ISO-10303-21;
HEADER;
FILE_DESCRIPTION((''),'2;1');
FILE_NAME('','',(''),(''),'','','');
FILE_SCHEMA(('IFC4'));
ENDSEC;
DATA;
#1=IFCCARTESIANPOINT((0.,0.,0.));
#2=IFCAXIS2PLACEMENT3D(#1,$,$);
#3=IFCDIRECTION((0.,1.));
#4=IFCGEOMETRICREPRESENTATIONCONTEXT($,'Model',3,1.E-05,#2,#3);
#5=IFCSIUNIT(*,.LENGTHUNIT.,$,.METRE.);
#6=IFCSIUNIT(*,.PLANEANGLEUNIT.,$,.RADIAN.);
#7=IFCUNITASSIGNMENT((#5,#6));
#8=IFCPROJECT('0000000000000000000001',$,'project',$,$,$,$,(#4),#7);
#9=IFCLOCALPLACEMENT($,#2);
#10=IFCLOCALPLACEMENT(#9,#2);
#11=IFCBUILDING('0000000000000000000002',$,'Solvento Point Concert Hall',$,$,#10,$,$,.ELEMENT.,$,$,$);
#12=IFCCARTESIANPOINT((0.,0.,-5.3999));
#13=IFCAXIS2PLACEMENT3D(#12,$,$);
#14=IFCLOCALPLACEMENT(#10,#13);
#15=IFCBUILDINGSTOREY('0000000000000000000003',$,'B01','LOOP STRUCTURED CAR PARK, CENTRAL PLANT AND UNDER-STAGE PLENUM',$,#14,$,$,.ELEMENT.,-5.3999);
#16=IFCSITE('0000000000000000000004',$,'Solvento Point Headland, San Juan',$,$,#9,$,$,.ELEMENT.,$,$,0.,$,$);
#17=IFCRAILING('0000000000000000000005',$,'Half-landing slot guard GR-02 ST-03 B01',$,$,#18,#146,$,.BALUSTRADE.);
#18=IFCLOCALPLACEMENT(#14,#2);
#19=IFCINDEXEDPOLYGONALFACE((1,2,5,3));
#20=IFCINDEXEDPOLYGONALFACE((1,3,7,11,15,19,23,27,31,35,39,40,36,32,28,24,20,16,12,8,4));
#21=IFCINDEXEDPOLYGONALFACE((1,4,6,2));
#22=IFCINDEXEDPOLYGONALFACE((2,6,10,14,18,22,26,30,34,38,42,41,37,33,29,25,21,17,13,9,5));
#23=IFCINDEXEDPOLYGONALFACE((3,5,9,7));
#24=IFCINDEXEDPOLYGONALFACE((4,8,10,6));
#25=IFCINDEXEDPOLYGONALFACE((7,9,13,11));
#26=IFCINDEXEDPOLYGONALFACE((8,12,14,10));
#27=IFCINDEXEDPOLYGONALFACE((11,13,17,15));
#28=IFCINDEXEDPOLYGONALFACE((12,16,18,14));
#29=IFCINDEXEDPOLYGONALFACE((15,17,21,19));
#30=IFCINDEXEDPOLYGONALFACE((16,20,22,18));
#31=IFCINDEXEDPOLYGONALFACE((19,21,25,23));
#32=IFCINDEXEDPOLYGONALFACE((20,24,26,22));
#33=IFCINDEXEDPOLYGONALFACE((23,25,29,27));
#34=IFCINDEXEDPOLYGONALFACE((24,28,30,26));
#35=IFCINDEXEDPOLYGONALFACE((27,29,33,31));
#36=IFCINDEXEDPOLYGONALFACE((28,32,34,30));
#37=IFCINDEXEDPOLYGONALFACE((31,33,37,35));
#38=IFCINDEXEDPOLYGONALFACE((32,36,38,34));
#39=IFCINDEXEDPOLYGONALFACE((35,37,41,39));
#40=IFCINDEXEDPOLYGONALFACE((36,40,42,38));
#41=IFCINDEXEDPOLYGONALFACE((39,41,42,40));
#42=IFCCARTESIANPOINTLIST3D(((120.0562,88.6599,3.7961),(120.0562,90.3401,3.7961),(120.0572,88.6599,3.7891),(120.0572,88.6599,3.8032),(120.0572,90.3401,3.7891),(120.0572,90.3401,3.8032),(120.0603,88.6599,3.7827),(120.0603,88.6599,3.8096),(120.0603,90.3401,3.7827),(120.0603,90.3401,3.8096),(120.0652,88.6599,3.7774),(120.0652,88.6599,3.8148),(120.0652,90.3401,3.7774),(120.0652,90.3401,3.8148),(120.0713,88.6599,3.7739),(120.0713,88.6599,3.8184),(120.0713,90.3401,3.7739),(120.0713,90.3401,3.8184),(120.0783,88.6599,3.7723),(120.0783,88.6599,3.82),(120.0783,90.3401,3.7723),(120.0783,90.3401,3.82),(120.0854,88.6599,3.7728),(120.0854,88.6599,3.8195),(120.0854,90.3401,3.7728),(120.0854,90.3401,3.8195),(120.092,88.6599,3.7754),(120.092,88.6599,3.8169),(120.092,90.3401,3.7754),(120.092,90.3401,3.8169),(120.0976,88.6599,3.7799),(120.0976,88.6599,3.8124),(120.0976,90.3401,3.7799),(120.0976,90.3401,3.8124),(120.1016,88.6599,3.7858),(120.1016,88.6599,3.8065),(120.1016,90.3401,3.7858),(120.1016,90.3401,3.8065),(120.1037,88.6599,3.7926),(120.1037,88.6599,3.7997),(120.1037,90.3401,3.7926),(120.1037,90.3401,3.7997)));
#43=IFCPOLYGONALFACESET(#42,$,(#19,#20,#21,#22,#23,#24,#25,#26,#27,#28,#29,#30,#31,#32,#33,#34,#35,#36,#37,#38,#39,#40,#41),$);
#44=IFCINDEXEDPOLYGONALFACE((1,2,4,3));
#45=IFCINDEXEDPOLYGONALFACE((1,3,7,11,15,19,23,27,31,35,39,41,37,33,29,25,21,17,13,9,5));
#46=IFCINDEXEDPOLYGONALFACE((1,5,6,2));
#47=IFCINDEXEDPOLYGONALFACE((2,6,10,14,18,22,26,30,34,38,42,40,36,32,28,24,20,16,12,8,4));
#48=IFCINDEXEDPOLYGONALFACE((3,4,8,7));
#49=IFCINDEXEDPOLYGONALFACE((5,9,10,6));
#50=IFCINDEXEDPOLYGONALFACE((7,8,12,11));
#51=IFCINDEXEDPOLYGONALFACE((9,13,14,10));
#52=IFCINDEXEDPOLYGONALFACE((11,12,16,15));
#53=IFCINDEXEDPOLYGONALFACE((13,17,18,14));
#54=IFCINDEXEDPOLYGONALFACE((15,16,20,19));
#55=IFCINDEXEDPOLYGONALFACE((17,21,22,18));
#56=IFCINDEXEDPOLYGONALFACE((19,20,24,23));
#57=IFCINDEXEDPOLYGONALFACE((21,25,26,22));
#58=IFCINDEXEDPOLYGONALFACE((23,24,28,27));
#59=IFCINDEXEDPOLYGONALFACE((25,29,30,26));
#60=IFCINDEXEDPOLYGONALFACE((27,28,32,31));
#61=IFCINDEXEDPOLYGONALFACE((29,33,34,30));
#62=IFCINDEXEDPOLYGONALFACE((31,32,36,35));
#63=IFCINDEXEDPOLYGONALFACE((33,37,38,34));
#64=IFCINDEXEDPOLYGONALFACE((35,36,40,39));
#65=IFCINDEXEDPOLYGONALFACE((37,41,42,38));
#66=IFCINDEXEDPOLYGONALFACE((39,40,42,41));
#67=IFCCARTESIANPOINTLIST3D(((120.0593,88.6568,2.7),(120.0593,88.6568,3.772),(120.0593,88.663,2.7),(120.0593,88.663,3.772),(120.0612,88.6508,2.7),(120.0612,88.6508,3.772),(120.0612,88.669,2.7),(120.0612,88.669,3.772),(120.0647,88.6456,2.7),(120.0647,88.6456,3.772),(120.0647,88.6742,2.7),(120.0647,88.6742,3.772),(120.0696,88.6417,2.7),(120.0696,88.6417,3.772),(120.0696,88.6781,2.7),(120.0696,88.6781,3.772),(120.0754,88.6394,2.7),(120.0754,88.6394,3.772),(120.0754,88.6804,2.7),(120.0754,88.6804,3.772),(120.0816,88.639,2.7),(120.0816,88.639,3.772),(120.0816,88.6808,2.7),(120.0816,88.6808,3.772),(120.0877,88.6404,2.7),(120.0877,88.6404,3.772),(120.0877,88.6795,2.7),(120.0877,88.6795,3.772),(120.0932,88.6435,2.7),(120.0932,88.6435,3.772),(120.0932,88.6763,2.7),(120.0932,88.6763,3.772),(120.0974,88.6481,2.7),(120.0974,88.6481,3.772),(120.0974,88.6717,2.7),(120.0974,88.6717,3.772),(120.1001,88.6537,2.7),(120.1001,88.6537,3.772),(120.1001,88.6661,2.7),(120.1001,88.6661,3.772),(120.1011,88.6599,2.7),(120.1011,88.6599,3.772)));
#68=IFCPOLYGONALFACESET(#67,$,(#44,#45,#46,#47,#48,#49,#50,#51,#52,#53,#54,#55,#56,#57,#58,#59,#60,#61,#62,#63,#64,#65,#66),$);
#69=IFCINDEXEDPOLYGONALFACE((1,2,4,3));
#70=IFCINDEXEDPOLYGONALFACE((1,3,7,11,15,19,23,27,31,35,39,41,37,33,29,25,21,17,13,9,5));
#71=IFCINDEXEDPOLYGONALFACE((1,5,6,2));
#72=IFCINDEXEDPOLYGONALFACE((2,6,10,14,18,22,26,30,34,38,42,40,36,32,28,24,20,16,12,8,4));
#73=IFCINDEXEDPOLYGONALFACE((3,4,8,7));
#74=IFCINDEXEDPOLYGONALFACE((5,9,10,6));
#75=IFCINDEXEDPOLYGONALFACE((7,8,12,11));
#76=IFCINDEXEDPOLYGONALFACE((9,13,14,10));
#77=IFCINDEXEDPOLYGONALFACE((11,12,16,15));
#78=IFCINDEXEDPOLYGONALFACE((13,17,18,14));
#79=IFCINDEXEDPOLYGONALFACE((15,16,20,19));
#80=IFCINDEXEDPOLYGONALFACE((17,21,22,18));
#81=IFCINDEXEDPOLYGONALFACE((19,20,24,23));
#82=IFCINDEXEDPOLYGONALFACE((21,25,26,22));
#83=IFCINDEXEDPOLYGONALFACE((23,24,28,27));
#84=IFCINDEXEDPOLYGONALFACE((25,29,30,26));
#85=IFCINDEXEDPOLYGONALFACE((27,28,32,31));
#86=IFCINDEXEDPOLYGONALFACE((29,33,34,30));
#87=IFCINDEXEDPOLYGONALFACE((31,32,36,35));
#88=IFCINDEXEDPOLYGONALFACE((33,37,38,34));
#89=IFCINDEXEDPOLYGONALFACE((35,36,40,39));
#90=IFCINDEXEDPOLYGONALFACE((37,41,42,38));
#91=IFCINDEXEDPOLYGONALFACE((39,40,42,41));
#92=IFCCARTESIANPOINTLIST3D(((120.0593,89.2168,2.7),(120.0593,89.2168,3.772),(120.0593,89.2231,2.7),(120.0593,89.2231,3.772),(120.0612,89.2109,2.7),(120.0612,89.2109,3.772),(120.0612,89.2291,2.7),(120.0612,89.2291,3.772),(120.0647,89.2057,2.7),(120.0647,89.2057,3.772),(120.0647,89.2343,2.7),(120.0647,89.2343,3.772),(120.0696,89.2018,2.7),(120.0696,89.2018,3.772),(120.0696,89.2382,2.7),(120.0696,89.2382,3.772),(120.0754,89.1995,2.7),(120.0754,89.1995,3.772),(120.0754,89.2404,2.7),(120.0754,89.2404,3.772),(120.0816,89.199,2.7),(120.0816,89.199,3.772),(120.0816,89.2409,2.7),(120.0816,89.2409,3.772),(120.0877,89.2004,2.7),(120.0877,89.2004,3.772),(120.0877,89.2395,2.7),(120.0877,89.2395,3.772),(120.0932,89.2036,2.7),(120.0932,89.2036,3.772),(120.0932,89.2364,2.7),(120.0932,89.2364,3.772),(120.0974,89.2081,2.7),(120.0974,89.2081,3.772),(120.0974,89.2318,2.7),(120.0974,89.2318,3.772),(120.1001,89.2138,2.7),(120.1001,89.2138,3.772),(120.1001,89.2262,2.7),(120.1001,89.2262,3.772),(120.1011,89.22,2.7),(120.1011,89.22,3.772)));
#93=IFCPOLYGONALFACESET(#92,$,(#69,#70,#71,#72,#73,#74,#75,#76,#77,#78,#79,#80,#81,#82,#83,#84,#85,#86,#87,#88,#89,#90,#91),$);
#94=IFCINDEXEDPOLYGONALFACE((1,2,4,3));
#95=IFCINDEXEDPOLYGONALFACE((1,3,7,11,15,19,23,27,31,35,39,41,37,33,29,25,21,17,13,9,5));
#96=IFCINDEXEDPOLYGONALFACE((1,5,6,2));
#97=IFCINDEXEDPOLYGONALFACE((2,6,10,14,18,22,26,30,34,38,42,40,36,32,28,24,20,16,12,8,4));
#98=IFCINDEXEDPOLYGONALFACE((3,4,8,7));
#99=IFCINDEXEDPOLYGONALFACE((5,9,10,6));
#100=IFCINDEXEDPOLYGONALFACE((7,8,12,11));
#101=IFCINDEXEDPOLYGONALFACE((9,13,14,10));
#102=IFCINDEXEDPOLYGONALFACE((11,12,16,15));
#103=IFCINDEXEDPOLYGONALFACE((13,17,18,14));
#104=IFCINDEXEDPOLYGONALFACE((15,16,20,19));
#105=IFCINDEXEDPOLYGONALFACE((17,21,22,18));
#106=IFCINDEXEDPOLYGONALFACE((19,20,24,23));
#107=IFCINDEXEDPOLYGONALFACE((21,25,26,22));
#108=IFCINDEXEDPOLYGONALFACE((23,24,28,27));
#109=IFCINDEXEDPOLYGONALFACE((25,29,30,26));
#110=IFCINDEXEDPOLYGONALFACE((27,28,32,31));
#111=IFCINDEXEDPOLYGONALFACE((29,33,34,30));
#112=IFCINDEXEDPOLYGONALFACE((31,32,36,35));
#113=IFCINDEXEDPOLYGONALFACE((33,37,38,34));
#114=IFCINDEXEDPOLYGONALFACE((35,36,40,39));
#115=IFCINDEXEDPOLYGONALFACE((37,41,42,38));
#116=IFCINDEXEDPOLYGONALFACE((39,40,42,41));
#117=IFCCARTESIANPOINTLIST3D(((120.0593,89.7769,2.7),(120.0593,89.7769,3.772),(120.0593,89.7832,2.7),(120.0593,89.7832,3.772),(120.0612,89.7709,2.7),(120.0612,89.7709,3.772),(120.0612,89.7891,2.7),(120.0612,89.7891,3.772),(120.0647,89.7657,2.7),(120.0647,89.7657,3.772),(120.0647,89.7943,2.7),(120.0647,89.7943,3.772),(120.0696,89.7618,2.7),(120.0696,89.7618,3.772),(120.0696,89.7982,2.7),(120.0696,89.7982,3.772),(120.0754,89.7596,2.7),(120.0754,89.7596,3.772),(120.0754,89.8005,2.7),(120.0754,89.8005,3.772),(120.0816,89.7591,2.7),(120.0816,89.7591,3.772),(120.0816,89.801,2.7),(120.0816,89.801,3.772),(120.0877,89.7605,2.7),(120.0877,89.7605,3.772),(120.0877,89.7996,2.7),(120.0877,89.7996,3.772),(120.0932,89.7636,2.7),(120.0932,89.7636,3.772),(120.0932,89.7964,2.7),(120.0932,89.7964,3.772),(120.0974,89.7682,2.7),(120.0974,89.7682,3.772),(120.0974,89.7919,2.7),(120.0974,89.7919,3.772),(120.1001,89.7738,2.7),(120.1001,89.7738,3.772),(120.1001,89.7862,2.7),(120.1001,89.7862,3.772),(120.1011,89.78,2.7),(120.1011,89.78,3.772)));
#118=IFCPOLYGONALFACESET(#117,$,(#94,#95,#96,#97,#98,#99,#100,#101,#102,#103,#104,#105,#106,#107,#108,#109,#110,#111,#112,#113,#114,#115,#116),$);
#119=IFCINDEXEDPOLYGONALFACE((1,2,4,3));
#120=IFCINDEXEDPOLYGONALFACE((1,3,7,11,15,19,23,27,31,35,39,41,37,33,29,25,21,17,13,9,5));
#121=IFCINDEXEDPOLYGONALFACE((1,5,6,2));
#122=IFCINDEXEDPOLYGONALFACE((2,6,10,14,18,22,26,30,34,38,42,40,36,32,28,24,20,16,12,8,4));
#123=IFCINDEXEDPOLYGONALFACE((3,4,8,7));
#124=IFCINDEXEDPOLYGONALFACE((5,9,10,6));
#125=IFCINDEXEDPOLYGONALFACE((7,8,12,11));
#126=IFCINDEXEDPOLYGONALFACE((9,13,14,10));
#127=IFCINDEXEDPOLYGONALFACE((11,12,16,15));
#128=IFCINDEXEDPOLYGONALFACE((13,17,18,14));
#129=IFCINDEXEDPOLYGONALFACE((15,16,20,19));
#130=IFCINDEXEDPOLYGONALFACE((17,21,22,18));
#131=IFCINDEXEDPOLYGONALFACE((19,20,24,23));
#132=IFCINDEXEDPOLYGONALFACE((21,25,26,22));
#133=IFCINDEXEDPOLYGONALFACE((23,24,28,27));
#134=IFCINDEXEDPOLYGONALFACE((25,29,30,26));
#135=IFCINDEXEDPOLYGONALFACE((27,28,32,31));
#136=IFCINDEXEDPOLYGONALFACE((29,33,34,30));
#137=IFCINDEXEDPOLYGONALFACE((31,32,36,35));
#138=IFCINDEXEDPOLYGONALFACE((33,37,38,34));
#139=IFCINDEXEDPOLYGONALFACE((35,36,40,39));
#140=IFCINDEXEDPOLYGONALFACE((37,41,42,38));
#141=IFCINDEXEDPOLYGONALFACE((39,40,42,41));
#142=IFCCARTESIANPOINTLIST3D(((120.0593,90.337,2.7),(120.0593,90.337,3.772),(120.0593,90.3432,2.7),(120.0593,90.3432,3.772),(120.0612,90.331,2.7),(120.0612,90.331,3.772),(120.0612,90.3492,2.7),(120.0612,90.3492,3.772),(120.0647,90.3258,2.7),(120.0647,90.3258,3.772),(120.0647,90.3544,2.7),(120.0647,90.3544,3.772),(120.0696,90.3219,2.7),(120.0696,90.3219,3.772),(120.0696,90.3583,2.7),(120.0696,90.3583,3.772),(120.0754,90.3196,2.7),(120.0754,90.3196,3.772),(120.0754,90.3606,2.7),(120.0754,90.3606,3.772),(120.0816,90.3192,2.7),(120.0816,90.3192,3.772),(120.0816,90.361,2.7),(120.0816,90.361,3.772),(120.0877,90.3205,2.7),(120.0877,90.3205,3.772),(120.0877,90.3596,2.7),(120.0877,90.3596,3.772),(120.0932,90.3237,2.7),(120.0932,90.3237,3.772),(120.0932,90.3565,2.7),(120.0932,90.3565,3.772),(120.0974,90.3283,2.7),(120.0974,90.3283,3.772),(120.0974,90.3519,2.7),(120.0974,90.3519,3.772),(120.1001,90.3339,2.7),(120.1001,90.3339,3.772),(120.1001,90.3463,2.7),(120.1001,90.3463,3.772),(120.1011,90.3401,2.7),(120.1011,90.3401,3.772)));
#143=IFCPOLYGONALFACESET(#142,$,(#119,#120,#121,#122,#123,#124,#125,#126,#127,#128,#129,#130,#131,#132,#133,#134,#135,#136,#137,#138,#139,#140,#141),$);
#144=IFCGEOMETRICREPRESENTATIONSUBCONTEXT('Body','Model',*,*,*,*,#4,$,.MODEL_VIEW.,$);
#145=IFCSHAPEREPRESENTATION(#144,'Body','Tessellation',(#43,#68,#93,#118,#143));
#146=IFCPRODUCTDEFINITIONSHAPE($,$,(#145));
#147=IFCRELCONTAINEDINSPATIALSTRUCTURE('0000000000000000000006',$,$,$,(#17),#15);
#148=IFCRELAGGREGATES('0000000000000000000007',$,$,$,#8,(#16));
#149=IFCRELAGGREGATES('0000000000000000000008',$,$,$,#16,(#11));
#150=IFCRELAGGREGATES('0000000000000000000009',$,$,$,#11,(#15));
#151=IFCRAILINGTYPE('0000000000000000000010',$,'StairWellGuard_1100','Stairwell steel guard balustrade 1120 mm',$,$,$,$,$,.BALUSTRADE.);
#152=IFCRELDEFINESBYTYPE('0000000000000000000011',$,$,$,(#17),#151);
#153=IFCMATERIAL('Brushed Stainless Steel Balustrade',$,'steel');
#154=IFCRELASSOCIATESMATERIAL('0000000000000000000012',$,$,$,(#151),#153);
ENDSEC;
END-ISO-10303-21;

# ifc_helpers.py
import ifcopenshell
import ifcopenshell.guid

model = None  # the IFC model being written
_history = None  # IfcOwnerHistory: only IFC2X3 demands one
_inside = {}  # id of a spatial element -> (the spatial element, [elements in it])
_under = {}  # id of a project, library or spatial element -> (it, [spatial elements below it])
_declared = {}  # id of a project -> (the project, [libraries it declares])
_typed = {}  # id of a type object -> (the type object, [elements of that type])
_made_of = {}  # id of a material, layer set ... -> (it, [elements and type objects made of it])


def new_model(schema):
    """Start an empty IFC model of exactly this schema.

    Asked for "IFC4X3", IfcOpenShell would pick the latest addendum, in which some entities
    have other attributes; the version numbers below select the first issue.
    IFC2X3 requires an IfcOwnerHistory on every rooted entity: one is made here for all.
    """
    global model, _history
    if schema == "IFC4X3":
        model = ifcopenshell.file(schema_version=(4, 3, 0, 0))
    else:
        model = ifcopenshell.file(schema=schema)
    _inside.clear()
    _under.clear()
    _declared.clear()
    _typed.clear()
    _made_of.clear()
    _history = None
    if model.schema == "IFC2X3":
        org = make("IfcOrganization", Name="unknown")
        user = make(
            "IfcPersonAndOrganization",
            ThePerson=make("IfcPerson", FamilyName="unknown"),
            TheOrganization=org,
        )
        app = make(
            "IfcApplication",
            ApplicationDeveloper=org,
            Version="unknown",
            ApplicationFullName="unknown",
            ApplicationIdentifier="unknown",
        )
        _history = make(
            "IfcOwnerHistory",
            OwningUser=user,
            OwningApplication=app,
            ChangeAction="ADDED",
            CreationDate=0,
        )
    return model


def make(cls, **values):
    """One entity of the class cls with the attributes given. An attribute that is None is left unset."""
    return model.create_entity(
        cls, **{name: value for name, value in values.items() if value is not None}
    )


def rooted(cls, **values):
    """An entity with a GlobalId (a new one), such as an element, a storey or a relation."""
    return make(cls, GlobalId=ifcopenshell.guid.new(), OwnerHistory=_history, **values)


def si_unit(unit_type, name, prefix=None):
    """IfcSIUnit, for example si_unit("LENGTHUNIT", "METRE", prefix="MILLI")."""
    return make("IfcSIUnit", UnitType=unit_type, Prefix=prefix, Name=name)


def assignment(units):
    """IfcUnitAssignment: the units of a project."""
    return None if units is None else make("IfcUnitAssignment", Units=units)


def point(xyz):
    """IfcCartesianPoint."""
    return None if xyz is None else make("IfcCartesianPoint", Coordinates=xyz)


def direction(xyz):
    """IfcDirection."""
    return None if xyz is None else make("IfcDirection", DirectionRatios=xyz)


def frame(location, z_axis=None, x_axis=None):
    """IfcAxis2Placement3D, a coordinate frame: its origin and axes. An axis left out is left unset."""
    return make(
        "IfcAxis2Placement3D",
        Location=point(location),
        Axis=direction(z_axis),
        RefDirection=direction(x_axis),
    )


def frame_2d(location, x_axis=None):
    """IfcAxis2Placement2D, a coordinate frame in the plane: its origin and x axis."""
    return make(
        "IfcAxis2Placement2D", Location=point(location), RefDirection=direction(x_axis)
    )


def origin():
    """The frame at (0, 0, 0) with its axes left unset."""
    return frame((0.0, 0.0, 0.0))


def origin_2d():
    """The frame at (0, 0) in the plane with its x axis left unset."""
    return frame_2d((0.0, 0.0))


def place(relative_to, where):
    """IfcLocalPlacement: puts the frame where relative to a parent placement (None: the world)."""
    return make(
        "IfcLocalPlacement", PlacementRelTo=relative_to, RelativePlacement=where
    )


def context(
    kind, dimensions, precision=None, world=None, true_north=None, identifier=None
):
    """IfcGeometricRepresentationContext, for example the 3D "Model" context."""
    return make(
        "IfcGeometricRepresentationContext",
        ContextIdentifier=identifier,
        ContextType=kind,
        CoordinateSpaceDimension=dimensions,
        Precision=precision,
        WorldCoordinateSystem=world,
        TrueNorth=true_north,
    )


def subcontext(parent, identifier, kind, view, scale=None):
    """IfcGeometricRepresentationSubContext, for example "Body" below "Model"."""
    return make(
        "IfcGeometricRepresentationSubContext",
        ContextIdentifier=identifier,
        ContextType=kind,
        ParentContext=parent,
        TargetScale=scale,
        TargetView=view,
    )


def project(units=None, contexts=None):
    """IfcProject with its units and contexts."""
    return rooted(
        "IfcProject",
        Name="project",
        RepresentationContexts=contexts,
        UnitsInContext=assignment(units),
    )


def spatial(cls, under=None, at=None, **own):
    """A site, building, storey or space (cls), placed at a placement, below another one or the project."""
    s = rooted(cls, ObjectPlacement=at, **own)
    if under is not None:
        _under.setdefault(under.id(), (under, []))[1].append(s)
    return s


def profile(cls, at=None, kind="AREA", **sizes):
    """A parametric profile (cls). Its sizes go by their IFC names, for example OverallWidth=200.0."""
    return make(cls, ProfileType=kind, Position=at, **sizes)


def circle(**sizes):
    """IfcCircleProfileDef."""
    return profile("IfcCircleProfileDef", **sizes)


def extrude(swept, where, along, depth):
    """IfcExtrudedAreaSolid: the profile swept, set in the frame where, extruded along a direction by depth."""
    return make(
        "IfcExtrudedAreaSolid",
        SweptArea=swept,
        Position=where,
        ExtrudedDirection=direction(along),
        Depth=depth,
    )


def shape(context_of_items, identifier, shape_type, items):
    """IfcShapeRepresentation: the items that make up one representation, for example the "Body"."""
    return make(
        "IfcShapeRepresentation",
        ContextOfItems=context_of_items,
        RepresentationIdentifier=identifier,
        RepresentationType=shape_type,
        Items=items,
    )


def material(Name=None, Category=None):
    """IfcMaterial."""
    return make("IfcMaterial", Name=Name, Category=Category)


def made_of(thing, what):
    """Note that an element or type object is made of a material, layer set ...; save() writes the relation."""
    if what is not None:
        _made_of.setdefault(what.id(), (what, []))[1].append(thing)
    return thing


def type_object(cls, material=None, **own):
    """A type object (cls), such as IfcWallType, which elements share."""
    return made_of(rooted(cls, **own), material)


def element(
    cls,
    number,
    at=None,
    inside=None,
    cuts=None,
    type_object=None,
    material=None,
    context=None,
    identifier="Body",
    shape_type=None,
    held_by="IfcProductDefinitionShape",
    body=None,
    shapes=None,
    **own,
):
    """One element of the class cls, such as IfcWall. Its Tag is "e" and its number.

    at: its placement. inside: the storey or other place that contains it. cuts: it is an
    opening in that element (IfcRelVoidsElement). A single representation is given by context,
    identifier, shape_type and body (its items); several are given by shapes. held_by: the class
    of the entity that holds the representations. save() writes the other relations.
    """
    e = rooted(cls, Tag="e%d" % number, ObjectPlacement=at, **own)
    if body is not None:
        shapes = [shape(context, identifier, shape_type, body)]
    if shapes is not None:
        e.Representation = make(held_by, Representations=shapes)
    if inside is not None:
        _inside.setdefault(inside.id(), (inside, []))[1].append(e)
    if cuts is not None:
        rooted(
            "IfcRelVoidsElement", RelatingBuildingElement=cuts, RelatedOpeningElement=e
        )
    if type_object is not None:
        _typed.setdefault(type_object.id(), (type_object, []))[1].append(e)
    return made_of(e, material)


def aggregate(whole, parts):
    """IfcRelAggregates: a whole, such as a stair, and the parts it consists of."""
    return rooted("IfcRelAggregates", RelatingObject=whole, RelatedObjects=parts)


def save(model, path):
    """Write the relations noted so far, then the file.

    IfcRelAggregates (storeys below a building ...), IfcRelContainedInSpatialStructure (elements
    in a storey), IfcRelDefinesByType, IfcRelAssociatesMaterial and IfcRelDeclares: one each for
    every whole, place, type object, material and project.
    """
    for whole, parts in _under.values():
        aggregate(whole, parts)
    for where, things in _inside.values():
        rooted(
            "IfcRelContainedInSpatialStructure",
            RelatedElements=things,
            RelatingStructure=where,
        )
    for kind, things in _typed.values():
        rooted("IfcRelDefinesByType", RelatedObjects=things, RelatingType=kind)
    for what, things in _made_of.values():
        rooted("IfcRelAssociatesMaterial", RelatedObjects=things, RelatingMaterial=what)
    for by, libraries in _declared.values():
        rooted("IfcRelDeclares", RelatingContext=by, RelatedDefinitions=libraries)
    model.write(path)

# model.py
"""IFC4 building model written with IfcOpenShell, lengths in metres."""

from ifc_helpers import new_model, si_unit, direction, frame, origin, origin_2d, place, context, subcontext, project, spatial, circle, extrude, material, type_object, element, save


model = new_model("IFC4")

# Units and contexts
model_context = context("Model", 3, precision=1e-05, world=origin(), true_north=direction((0.0, 1.0)))
body_context = subcontext(model_context, "Body", "Model", "MODEL_VIEW")
ifc_project = project(units=[si_unit("LENGTHUNIT", "METRE"), si_unit("PLANEANGLEUNIT", "RADIAN")], contexts=[model_context])

# Site, building, storey
site_placement = place(None, origin())
site = spatial("IfcSite", under=ifc_project, at=site_placement, Name="Solvento Point Headland, San Juan", CompositionType="ELEMENT", RefElevation=0.0)
building_placement = place(site_placement, origin())
building = spatial("IfcBuilding", under=site, at=building_placement, Name="Solvento Point Concert Hall", CompositionType="ELEMENT")
storey_placement = place(building_placement, frame((0.0, 0.0, -5.3999)))
storey = spatial("IfcBuildingStorey", under=building, at=storey_placement, Name="B01", Description="LOOP STRUCTURED CAR PARK, CENTRAL PLANT AND UNDER-STAGE PLENUM", CompositionType="ELEMENT", Elevation=-5.3999)

# Railing
ifc_material_1 = material(Name="Brushed Stainless Steel Balustrade", Category="steel")
railing_type_1 = type_object("IfcRailingType", Name="StairWellGuard_1100", Description="Stairwell steel guard balustrade 1120 mm", PredefinedType="BALUSTRADE", material=ifc_material_1)
railing_1_placement = place(storey_placement, frame((120.0801, 88.6599, 2.7)))
element("IfcRailing", 1, at=railing_1_placement, inside=storey, type_object=railing_type_1, Name="Half-landing slot guard GR-02 ST-03 B01", PredefinedType="BALUSTRADE", context=body_context, shape_type="SweptSolid", body=[
    extrude(circle(Radius=0.0239, at=origin_2d()), frame((0.0, 0.0, 1.0962), z_axis=(0.0, 1.0, 0.0), x_axis=(-1.0, 0.0, 0.0)), (0.0, 0.0, 1.0), 1.6802),
    extrude(circle(Radius=0.021, at=origin_2d()), origin(), (0.0, 0.0, 1.0), 1.072),
    extrude(circle(Radius=0.021, at=origin_2d()), frame((0.0, 0.5601, 0.0)), (0.0, 0.0, 1.0), 1.072),
    extrude(circle(Radius=0.021, at=origin_2d()), frame((0.0, 1.1201, 0.0)), (0.0, 0.0, 1.0), 1.072),
    extrude(circle(Radius=0.021, at=origin_2d()), frame((0.0, 1.6802, 0.0)), (0.0, 0.0, 1.0), 1.072),
])

save(model, "model.ifc")
